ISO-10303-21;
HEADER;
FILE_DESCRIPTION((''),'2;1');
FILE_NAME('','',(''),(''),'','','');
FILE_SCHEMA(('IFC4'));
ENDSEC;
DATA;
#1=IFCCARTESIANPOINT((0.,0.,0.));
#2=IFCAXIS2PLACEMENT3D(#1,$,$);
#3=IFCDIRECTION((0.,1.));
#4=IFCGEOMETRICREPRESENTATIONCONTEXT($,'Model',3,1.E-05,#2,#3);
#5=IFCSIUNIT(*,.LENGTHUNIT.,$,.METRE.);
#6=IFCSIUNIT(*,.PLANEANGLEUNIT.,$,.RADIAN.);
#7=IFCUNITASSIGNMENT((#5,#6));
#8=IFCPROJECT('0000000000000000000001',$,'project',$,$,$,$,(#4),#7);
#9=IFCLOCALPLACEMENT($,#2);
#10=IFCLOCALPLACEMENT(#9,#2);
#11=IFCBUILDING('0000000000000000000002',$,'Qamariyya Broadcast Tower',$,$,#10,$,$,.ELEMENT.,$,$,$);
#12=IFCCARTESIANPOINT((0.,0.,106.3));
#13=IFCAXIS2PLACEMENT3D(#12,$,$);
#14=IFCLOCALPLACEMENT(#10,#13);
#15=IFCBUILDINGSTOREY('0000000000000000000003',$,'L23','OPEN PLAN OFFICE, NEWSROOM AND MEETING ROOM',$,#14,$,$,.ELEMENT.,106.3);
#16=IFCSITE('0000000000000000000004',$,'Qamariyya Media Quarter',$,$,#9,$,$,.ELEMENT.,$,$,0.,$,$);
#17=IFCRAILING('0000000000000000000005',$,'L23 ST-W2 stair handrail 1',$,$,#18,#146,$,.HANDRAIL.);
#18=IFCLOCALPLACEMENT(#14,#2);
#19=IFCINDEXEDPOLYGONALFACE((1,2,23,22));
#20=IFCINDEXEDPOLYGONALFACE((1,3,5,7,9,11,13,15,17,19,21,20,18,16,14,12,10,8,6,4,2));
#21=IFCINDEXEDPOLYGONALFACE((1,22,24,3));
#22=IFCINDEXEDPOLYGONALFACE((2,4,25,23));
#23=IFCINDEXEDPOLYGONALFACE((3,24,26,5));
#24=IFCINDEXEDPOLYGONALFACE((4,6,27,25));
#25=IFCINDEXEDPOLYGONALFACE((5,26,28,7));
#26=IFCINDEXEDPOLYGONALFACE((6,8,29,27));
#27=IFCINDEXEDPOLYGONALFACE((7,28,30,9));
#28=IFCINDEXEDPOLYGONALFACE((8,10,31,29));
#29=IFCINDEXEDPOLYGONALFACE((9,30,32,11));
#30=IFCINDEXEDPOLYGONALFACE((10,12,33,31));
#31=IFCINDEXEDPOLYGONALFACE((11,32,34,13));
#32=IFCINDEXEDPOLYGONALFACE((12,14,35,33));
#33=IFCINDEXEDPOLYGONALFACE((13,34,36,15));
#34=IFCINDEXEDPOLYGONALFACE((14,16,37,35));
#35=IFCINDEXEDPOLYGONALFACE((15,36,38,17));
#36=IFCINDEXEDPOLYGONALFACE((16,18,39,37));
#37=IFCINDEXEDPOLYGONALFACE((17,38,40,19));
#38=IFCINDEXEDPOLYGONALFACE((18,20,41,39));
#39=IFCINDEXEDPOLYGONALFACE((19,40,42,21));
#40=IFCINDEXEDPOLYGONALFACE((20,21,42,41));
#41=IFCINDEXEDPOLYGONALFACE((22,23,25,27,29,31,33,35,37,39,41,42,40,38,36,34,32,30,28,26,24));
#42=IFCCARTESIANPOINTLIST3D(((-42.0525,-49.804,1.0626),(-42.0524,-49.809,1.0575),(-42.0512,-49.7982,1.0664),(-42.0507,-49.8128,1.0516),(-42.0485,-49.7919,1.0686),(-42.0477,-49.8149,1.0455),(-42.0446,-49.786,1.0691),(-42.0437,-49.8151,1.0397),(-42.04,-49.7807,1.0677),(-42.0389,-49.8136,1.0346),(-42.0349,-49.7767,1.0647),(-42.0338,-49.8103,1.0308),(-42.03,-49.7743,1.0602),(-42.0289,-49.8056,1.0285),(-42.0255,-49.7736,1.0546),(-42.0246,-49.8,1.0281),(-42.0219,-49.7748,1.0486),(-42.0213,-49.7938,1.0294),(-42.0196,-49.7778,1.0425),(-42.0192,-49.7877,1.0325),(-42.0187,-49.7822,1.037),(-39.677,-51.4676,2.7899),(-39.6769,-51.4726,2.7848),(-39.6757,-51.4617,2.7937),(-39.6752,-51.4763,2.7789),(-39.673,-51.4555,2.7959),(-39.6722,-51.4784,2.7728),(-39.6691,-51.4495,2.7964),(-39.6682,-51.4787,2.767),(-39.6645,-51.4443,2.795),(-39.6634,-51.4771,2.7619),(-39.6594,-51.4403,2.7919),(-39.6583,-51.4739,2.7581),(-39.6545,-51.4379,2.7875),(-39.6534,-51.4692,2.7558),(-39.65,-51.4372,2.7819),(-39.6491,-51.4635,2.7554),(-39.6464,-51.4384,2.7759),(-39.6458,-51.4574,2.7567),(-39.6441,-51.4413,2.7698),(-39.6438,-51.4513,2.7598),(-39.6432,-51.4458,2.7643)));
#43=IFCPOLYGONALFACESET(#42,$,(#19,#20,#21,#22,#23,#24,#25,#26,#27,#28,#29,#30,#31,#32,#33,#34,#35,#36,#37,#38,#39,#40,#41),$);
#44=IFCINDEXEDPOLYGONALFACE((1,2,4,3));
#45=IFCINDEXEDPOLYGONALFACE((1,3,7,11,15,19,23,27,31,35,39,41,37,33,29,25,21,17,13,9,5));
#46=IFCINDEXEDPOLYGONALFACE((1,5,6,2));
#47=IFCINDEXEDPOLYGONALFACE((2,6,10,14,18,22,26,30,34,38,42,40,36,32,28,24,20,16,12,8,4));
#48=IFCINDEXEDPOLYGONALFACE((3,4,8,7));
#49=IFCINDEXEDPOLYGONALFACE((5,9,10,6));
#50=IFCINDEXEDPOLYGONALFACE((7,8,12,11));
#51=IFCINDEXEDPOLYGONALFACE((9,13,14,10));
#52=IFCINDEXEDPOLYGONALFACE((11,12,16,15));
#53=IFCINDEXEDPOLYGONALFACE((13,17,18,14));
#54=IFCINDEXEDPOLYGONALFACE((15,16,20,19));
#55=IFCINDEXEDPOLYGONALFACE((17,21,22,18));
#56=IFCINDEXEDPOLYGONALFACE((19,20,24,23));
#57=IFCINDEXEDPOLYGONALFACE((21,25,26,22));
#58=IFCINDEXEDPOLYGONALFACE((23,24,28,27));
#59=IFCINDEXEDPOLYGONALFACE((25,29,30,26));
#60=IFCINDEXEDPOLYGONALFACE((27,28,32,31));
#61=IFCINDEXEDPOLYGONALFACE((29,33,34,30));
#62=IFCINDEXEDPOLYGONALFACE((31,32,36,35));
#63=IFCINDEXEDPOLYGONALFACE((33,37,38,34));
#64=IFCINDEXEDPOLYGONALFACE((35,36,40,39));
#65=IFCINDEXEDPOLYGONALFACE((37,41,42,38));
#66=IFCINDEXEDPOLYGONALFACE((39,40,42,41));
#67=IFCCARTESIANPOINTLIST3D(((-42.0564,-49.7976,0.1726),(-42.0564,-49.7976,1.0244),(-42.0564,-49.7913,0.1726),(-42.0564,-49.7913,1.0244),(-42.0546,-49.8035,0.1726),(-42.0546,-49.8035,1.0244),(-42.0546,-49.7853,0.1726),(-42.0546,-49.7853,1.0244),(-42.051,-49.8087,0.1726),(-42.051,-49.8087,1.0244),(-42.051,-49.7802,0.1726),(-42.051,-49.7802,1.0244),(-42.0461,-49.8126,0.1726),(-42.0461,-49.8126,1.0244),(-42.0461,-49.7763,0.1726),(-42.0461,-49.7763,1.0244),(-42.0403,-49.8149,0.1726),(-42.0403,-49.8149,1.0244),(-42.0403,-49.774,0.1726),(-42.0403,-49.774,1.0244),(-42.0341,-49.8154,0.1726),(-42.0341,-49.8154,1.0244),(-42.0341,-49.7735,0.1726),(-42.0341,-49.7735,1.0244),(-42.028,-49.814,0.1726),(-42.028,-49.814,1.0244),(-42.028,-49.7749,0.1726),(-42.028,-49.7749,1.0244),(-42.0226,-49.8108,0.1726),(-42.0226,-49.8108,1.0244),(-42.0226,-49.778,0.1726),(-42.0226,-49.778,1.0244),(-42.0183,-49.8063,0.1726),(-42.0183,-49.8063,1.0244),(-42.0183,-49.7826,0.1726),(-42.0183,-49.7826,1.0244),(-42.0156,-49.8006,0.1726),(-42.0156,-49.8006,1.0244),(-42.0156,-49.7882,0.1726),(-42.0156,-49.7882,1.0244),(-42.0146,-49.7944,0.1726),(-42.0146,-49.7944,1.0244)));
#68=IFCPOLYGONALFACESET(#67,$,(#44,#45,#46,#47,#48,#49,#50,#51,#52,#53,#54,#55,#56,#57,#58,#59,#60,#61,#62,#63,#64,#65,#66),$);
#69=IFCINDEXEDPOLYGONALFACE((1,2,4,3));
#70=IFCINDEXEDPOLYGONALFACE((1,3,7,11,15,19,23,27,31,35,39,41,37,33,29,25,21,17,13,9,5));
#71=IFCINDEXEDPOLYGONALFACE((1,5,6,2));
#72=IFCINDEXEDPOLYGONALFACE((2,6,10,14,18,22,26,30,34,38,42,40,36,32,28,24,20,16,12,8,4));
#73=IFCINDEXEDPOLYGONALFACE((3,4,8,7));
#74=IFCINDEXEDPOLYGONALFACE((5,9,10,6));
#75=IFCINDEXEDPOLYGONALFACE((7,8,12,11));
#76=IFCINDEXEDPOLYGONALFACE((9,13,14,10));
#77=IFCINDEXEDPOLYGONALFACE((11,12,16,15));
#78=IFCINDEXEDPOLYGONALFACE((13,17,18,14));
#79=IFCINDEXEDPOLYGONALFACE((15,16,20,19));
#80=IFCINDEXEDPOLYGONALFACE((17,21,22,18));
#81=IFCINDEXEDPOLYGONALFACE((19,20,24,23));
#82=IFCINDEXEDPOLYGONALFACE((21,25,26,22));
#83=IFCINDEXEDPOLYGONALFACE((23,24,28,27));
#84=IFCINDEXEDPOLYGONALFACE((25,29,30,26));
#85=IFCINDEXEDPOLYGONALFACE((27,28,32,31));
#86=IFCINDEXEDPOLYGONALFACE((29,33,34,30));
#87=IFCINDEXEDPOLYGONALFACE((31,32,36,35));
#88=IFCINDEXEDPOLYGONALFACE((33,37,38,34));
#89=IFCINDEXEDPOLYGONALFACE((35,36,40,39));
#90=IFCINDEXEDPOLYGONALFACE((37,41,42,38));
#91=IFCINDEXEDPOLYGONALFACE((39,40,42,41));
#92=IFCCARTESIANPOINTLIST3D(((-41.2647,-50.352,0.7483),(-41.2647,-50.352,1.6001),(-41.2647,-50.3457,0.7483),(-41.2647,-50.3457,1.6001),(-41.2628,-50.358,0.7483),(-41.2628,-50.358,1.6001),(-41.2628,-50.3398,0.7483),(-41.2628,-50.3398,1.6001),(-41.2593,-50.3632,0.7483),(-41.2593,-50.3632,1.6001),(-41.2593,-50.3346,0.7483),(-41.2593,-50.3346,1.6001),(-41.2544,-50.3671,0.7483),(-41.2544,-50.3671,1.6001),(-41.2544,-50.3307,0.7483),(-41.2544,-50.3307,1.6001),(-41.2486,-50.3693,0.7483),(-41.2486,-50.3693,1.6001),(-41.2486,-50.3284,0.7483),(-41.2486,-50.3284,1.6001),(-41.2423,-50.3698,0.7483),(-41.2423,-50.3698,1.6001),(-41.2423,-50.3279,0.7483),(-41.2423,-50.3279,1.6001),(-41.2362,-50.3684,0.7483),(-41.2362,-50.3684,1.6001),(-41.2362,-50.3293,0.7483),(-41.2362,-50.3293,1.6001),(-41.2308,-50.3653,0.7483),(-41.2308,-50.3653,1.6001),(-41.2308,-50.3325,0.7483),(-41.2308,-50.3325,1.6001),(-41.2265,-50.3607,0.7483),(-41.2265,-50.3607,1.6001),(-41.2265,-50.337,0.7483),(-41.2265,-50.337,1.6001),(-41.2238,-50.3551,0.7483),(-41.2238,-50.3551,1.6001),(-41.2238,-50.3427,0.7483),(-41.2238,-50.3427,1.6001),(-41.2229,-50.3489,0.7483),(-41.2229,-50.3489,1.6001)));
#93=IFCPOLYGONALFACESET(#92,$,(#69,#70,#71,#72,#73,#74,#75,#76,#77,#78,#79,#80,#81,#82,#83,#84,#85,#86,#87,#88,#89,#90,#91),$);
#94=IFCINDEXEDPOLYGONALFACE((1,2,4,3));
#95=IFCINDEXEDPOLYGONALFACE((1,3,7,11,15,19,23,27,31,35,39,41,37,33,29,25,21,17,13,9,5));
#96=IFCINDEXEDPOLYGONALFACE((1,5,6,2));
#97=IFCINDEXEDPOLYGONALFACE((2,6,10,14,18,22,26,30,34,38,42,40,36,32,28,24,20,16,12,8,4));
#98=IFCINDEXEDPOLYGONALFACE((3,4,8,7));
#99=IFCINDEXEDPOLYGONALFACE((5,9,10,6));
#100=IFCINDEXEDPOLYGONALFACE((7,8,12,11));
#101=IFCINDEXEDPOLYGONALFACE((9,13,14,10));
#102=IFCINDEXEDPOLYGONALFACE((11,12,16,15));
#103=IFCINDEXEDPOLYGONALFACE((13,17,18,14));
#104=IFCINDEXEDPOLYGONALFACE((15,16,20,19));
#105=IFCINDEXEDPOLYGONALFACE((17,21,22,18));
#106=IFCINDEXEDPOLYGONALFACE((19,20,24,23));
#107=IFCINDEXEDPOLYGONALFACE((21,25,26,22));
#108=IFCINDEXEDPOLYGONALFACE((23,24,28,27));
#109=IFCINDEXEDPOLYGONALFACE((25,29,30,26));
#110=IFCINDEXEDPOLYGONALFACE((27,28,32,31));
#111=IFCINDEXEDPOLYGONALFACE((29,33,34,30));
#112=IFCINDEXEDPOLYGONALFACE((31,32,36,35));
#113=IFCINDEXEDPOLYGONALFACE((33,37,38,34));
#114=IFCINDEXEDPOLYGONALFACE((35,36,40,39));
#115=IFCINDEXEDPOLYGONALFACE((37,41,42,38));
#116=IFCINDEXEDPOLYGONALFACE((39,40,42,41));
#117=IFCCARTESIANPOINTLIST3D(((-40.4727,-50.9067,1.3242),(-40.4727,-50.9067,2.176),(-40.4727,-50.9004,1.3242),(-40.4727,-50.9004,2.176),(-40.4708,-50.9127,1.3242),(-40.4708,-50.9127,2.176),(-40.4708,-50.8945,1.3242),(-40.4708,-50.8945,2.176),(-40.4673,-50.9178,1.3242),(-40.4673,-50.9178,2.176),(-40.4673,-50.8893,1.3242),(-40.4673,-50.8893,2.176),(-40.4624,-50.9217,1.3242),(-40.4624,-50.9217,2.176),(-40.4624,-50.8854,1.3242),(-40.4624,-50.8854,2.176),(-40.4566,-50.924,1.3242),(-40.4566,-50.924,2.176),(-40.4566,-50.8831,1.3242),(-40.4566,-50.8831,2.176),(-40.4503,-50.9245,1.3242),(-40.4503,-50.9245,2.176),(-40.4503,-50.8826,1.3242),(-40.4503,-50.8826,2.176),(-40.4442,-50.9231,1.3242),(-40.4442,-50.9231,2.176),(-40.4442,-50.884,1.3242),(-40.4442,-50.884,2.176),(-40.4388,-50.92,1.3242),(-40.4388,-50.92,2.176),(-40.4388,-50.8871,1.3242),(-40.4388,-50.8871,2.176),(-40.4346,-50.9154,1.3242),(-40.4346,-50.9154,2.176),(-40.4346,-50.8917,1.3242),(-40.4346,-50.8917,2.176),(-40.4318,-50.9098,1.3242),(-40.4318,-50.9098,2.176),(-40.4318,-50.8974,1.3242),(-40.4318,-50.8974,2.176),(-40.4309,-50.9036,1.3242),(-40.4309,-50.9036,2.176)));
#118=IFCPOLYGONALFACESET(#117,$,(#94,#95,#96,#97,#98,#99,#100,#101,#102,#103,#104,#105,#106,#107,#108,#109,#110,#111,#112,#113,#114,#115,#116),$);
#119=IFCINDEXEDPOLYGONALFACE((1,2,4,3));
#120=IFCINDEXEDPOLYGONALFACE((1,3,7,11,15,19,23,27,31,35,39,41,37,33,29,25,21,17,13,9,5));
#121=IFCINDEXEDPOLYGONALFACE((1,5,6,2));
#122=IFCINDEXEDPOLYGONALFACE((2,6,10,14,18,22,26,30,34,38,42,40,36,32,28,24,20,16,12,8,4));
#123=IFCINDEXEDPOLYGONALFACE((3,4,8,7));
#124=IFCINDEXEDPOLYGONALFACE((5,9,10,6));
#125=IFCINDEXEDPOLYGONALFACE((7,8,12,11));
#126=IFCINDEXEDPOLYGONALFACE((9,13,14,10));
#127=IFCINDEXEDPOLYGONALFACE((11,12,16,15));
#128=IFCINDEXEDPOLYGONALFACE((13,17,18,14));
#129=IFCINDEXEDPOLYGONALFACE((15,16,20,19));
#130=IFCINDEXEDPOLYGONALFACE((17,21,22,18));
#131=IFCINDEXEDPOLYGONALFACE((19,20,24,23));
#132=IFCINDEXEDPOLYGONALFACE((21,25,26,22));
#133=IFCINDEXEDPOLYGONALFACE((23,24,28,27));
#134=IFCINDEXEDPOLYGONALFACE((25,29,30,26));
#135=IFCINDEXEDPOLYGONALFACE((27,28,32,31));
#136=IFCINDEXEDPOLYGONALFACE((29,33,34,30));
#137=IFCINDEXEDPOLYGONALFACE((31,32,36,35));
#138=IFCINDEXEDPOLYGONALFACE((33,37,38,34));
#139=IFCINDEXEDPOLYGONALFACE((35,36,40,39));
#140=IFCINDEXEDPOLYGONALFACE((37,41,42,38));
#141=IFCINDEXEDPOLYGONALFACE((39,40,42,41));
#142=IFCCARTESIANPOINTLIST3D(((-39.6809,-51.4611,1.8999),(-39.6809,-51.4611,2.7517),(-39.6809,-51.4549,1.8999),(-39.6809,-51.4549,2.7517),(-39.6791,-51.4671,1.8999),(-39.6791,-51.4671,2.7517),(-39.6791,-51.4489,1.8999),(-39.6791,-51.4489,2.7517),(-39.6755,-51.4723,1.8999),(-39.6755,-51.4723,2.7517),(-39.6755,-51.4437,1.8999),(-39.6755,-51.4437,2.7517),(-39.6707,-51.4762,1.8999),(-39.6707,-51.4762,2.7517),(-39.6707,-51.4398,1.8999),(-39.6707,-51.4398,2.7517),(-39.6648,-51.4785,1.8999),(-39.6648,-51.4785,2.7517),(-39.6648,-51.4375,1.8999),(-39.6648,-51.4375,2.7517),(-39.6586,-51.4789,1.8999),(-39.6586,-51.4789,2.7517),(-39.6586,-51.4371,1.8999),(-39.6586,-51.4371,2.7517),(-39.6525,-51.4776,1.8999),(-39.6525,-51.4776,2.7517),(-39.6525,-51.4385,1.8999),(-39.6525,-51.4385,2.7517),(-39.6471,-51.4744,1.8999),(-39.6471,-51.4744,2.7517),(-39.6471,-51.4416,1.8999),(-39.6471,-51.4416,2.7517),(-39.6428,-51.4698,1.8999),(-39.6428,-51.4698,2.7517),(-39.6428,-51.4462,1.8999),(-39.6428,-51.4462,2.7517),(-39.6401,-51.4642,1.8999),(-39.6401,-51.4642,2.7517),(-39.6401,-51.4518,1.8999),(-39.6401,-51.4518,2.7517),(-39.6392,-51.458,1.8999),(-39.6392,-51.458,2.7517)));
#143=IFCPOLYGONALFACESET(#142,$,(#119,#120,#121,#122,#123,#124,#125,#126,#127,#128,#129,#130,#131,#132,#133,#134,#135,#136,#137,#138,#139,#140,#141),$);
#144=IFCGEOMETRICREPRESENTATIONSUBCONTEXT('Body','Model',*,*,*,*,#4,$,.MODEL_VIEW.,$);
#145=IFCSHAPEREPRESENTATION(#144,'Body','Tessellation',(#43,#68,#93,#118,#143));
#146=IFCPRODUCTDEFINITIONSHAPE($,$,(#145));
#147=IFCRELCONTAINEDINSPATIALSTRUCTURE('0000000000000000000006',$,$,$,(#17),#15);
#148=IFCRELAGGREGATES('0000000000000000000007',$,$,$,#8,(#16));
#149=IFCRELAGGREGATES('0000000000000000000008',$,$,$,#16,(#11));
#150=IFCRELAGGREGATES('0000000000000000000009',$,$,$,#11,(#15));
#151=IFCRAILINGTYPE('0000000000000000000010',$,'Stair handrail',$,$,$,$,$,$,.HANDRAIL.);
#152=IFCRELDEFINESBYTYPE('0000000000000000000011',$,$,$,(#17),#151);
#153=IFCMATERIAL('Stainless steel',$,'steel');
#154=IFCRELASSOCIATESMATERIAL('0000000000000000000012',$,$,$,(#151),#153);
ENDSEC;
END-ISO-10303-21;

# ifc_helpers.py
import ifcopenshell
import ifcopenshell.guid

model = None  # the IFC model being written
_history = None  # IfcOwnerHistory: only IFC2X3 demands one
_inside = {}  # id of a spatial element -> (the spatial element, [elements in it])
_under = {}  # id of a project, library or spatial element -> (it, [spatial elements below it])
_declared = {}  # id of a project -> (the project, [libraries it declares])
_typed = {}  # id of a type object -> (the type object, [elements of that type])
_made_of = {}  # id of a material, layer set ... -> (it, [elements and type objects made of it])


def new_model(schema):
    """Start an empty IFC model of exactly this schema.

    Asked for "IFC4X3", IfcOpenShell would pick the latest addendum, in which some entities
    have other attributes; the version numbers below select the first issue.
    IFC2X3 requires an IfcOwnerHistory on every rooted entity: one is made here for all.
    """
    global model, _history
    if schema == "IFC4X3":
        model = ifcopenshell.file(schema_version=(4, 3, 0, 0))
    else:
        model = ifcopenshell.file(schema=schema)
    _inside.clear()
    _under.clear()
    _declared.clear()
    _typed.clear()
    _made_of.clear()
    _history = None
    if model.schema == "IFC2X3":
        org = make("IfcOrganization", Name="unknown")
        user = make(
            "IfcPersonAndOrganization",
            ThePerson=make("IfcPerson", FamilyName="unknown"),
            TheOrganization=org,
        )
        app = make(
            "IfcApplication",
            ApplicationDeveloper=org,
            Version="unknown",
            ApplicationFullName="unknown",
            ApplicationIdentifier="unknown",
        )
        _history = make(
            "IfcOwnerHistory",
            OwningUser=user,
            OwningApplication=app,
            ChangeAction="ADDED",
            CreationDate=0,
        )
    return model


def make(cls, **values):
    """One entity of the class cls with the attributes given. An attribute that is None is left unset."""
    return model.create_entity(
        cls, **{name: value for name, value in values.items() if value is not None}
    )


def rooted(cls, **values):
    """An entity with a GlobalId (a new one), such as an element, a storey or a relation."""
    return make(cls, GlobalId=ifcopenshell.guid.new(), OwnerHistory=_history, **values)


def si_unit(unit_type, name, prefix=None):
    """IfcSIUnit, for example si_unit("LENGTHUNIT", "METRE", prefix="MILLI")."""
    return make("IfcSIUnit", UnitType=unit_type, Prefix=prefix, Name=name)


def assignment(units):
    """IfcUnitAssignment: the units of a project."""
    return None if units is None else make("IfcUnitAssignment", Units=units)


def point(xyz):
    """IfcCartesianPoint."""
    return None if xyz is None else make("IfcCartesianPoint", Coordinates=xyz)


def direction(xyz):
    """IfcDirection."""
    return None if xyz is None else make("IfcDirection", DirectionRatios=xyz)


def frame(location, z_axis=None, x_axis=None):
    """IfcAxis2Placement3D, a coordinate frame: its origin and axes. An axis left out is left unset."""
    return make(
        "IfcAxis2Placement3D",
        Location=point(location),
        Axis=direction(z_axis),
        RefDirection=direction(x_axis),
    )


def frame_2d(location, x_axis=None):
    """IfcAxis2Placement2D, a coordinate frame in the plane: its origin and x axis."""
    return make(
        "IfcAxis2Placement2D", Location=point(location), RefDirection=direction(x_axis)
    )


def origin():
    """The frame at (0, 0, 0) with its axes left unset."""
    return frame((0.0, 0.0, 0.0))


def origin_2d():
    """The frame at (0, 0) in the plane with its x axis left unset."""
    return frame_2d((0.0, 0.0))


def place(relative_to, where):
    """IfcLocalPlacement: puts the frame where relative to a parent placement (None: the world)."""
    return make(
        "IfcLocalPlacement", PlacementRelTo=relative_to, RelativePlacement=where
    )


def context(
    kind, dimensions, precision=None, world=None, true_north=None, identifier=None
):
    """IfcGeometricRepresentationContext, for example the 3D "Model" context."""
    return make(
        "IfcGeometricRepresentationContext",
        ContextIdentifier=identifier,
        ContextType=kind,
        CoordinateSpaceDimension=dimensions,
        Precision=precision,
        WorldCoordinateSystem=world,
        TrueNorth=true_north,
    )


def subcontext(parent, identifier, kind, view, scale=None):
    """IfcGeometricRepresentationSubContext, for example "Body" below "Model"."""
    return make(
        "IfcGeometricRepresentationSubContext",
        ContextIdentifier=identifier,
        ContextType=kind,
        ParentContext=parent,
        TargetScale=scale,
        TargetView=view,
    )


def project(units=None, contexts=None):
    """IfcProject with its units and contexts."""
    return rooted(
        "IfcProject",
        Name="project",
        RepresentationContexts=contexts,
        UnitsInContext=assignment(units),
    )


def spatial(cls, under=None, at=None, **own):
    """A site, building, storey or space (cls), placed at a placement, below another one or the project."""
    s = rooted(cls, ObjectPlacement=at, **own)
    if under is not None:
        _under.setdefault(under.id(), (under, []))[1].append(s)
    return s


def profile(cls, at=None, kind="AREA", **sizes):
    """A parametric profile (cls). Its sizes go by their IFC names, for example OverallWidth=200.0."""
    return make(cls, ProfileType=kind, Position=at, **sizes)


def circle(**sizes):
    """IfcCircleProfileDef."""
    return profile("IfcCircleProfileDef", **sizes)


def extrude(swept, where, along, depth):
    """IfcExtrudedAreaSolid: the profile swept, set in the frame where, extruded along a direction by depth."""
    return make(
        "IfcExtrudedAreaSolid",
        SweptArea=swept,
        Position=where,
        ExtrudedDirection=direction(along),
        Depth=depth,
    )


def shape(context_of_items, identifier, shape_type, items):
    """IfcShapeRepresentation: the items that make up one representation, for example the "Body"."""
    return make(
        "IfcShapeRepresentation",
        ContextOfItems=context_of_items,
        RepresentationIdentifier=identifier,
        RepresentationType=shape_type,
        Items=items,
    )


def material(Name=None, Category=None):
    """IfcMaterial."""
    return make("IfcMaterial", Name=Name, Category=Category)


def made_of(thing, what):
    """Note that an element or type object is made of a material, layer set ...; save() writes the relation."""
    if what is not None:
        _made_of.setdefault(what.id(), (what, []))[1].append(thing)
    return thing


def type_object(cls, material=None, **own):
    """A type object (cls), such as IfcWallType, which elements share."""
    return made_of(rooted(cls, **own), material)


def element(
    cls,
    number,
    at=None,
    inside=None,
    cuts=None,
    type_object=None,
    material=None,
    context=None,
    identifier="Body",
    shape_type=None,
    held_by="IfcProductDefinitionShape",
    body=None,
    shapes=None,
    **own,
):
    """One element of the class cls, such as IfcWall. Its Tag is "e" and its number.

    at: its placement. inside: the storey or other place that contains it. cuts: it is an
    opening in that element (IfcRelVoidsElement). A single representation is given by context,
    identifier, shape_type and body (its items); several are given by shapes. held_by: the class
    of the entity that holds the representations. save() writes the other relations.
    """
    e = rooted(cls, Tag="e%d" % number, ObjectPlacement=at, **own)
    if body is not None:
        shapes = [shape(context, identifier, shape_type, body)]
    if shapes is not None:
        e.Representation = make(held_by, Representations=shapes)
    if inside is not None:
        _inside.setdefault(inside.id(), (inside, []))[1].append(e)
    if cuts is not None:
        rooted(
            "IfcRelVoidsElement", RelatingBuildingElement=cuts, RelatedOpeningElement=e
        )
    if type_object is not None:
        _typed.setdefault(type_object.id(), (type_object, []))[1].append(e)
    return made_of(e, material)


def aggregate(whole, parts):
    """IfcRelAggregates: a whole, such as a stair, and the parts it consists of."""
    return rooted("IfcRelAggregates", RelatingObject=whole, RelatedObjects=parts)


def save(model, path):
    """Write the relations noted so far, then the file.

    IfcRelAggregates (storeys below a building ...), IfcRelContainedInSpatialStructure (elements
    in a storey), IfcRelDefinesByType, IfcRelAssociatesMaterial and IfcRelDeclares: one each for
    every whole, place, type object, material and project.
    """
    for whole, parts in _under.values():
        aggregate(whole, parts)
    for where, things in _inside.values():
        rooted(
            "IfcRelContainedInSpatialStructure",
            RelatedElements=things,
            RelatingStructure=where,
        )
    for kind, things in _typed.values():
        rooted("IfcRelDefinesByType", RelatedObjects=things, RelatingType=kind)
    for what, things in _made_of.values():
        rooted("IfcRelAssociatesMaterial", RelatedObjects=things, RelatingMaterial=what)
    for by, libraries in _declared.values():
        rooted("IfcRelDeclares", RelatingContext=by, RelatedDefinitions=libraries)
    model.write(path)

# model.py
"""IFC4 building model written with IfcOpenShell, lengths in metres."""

from ifc_helpers import new_model, si_unit, direction, frame, origin, origin_2d, place, context, subcontext, project, spatial, circle, extrude, material, type_object, element, save


model = new_model("IFC4")

# Units and contexts
model_context = context("Model", 3, precision=1e-05, world=origin(), true_north=direction((0.0, 1.0)))
body_context = subcontext(model_context, "Body", "Model", "MODEL_VIEW")
ifc_project = project(units=[si_unit("LENGTHUNIT", "METRE"), si_unit("PLANEANGLEUNIT", "RADIAN")], contexts=[model_context])

# Site, building, storey
site_placement = place(None, origin())
site = spatial("IfcSite", under=ifc_project, at=site_placement, Name="Qamariyya Media Quarter", CompositionType="ELEMENT", RefElevation=0.0)
building_placement = place(site_placement, origin())
building = spatial("IfcBuilding", under=site, at=building_placement, Name="Qamariyya Broadcast Tower", CompositionType="ELEMENT")
storey_placement = place(building_placement, frame((0.0, 0.0, 106.3)))
storey = spatial("IfcBuildingStorey", under=building, at=storey_placement, Name="L23", Description="OPEN PLAN OFFICE, NEWSROOM AND MEETING ROOM", CompositionType="ELEMENT", Elevation=106.3)

# Railing
ifc_material_1 = material(Name="Stainless steel", Category="steel")
railing_type = type_object("IfcRailingType", Name="Stair handrail", PredefinedType="HANDRAIL", material=ifc_material_1)
railing_placement = place(storey_placement, frame((-42.0356, -49.7944, 0.1726)))
element("IfcRailing", 1, at=railing_placement, inside=storey, type_object=railing_type, Name="L23 ST-W2 stair handrail 1", PredefinedType="HANDRAIL", context=body_context, shape_type="SweptSolid", body=[
    extrude(circle(Radius=0.0239, at=origin_2d()), frame((0.0, 0.0, 0.876), z_axis=(0.703745, -0.492838, 0.511716), x_axis=(0.573632, 0.819113, 0.0)), (0.0, 0.0, 1.0), 3.3755),
    extrude(circle(Radius=0.021, at=origin_2d()), origin(), (0.0, 0.0, 1.0), 0.8518),
    extrude(circle(Radius=0.021, at=origin_2d()), frame((0.7917, -0.5544, 0.5757)), (0.0, 0.0, 1.0), 0.8518),
    extrude(circle(Radius=0.021, at=origin_2d()), frame((1.5837, -1.1091, 1.1516)), (0.0, 0.0, 1.0), 0.8518),
    extrude(circle(Radius=0.021, at=origin_2d()), frame((2.3755, -1.6636, 1.7273)), (0.0, 0.0, 1.0), 0.8518),
])

save(model, "model.ifc")
